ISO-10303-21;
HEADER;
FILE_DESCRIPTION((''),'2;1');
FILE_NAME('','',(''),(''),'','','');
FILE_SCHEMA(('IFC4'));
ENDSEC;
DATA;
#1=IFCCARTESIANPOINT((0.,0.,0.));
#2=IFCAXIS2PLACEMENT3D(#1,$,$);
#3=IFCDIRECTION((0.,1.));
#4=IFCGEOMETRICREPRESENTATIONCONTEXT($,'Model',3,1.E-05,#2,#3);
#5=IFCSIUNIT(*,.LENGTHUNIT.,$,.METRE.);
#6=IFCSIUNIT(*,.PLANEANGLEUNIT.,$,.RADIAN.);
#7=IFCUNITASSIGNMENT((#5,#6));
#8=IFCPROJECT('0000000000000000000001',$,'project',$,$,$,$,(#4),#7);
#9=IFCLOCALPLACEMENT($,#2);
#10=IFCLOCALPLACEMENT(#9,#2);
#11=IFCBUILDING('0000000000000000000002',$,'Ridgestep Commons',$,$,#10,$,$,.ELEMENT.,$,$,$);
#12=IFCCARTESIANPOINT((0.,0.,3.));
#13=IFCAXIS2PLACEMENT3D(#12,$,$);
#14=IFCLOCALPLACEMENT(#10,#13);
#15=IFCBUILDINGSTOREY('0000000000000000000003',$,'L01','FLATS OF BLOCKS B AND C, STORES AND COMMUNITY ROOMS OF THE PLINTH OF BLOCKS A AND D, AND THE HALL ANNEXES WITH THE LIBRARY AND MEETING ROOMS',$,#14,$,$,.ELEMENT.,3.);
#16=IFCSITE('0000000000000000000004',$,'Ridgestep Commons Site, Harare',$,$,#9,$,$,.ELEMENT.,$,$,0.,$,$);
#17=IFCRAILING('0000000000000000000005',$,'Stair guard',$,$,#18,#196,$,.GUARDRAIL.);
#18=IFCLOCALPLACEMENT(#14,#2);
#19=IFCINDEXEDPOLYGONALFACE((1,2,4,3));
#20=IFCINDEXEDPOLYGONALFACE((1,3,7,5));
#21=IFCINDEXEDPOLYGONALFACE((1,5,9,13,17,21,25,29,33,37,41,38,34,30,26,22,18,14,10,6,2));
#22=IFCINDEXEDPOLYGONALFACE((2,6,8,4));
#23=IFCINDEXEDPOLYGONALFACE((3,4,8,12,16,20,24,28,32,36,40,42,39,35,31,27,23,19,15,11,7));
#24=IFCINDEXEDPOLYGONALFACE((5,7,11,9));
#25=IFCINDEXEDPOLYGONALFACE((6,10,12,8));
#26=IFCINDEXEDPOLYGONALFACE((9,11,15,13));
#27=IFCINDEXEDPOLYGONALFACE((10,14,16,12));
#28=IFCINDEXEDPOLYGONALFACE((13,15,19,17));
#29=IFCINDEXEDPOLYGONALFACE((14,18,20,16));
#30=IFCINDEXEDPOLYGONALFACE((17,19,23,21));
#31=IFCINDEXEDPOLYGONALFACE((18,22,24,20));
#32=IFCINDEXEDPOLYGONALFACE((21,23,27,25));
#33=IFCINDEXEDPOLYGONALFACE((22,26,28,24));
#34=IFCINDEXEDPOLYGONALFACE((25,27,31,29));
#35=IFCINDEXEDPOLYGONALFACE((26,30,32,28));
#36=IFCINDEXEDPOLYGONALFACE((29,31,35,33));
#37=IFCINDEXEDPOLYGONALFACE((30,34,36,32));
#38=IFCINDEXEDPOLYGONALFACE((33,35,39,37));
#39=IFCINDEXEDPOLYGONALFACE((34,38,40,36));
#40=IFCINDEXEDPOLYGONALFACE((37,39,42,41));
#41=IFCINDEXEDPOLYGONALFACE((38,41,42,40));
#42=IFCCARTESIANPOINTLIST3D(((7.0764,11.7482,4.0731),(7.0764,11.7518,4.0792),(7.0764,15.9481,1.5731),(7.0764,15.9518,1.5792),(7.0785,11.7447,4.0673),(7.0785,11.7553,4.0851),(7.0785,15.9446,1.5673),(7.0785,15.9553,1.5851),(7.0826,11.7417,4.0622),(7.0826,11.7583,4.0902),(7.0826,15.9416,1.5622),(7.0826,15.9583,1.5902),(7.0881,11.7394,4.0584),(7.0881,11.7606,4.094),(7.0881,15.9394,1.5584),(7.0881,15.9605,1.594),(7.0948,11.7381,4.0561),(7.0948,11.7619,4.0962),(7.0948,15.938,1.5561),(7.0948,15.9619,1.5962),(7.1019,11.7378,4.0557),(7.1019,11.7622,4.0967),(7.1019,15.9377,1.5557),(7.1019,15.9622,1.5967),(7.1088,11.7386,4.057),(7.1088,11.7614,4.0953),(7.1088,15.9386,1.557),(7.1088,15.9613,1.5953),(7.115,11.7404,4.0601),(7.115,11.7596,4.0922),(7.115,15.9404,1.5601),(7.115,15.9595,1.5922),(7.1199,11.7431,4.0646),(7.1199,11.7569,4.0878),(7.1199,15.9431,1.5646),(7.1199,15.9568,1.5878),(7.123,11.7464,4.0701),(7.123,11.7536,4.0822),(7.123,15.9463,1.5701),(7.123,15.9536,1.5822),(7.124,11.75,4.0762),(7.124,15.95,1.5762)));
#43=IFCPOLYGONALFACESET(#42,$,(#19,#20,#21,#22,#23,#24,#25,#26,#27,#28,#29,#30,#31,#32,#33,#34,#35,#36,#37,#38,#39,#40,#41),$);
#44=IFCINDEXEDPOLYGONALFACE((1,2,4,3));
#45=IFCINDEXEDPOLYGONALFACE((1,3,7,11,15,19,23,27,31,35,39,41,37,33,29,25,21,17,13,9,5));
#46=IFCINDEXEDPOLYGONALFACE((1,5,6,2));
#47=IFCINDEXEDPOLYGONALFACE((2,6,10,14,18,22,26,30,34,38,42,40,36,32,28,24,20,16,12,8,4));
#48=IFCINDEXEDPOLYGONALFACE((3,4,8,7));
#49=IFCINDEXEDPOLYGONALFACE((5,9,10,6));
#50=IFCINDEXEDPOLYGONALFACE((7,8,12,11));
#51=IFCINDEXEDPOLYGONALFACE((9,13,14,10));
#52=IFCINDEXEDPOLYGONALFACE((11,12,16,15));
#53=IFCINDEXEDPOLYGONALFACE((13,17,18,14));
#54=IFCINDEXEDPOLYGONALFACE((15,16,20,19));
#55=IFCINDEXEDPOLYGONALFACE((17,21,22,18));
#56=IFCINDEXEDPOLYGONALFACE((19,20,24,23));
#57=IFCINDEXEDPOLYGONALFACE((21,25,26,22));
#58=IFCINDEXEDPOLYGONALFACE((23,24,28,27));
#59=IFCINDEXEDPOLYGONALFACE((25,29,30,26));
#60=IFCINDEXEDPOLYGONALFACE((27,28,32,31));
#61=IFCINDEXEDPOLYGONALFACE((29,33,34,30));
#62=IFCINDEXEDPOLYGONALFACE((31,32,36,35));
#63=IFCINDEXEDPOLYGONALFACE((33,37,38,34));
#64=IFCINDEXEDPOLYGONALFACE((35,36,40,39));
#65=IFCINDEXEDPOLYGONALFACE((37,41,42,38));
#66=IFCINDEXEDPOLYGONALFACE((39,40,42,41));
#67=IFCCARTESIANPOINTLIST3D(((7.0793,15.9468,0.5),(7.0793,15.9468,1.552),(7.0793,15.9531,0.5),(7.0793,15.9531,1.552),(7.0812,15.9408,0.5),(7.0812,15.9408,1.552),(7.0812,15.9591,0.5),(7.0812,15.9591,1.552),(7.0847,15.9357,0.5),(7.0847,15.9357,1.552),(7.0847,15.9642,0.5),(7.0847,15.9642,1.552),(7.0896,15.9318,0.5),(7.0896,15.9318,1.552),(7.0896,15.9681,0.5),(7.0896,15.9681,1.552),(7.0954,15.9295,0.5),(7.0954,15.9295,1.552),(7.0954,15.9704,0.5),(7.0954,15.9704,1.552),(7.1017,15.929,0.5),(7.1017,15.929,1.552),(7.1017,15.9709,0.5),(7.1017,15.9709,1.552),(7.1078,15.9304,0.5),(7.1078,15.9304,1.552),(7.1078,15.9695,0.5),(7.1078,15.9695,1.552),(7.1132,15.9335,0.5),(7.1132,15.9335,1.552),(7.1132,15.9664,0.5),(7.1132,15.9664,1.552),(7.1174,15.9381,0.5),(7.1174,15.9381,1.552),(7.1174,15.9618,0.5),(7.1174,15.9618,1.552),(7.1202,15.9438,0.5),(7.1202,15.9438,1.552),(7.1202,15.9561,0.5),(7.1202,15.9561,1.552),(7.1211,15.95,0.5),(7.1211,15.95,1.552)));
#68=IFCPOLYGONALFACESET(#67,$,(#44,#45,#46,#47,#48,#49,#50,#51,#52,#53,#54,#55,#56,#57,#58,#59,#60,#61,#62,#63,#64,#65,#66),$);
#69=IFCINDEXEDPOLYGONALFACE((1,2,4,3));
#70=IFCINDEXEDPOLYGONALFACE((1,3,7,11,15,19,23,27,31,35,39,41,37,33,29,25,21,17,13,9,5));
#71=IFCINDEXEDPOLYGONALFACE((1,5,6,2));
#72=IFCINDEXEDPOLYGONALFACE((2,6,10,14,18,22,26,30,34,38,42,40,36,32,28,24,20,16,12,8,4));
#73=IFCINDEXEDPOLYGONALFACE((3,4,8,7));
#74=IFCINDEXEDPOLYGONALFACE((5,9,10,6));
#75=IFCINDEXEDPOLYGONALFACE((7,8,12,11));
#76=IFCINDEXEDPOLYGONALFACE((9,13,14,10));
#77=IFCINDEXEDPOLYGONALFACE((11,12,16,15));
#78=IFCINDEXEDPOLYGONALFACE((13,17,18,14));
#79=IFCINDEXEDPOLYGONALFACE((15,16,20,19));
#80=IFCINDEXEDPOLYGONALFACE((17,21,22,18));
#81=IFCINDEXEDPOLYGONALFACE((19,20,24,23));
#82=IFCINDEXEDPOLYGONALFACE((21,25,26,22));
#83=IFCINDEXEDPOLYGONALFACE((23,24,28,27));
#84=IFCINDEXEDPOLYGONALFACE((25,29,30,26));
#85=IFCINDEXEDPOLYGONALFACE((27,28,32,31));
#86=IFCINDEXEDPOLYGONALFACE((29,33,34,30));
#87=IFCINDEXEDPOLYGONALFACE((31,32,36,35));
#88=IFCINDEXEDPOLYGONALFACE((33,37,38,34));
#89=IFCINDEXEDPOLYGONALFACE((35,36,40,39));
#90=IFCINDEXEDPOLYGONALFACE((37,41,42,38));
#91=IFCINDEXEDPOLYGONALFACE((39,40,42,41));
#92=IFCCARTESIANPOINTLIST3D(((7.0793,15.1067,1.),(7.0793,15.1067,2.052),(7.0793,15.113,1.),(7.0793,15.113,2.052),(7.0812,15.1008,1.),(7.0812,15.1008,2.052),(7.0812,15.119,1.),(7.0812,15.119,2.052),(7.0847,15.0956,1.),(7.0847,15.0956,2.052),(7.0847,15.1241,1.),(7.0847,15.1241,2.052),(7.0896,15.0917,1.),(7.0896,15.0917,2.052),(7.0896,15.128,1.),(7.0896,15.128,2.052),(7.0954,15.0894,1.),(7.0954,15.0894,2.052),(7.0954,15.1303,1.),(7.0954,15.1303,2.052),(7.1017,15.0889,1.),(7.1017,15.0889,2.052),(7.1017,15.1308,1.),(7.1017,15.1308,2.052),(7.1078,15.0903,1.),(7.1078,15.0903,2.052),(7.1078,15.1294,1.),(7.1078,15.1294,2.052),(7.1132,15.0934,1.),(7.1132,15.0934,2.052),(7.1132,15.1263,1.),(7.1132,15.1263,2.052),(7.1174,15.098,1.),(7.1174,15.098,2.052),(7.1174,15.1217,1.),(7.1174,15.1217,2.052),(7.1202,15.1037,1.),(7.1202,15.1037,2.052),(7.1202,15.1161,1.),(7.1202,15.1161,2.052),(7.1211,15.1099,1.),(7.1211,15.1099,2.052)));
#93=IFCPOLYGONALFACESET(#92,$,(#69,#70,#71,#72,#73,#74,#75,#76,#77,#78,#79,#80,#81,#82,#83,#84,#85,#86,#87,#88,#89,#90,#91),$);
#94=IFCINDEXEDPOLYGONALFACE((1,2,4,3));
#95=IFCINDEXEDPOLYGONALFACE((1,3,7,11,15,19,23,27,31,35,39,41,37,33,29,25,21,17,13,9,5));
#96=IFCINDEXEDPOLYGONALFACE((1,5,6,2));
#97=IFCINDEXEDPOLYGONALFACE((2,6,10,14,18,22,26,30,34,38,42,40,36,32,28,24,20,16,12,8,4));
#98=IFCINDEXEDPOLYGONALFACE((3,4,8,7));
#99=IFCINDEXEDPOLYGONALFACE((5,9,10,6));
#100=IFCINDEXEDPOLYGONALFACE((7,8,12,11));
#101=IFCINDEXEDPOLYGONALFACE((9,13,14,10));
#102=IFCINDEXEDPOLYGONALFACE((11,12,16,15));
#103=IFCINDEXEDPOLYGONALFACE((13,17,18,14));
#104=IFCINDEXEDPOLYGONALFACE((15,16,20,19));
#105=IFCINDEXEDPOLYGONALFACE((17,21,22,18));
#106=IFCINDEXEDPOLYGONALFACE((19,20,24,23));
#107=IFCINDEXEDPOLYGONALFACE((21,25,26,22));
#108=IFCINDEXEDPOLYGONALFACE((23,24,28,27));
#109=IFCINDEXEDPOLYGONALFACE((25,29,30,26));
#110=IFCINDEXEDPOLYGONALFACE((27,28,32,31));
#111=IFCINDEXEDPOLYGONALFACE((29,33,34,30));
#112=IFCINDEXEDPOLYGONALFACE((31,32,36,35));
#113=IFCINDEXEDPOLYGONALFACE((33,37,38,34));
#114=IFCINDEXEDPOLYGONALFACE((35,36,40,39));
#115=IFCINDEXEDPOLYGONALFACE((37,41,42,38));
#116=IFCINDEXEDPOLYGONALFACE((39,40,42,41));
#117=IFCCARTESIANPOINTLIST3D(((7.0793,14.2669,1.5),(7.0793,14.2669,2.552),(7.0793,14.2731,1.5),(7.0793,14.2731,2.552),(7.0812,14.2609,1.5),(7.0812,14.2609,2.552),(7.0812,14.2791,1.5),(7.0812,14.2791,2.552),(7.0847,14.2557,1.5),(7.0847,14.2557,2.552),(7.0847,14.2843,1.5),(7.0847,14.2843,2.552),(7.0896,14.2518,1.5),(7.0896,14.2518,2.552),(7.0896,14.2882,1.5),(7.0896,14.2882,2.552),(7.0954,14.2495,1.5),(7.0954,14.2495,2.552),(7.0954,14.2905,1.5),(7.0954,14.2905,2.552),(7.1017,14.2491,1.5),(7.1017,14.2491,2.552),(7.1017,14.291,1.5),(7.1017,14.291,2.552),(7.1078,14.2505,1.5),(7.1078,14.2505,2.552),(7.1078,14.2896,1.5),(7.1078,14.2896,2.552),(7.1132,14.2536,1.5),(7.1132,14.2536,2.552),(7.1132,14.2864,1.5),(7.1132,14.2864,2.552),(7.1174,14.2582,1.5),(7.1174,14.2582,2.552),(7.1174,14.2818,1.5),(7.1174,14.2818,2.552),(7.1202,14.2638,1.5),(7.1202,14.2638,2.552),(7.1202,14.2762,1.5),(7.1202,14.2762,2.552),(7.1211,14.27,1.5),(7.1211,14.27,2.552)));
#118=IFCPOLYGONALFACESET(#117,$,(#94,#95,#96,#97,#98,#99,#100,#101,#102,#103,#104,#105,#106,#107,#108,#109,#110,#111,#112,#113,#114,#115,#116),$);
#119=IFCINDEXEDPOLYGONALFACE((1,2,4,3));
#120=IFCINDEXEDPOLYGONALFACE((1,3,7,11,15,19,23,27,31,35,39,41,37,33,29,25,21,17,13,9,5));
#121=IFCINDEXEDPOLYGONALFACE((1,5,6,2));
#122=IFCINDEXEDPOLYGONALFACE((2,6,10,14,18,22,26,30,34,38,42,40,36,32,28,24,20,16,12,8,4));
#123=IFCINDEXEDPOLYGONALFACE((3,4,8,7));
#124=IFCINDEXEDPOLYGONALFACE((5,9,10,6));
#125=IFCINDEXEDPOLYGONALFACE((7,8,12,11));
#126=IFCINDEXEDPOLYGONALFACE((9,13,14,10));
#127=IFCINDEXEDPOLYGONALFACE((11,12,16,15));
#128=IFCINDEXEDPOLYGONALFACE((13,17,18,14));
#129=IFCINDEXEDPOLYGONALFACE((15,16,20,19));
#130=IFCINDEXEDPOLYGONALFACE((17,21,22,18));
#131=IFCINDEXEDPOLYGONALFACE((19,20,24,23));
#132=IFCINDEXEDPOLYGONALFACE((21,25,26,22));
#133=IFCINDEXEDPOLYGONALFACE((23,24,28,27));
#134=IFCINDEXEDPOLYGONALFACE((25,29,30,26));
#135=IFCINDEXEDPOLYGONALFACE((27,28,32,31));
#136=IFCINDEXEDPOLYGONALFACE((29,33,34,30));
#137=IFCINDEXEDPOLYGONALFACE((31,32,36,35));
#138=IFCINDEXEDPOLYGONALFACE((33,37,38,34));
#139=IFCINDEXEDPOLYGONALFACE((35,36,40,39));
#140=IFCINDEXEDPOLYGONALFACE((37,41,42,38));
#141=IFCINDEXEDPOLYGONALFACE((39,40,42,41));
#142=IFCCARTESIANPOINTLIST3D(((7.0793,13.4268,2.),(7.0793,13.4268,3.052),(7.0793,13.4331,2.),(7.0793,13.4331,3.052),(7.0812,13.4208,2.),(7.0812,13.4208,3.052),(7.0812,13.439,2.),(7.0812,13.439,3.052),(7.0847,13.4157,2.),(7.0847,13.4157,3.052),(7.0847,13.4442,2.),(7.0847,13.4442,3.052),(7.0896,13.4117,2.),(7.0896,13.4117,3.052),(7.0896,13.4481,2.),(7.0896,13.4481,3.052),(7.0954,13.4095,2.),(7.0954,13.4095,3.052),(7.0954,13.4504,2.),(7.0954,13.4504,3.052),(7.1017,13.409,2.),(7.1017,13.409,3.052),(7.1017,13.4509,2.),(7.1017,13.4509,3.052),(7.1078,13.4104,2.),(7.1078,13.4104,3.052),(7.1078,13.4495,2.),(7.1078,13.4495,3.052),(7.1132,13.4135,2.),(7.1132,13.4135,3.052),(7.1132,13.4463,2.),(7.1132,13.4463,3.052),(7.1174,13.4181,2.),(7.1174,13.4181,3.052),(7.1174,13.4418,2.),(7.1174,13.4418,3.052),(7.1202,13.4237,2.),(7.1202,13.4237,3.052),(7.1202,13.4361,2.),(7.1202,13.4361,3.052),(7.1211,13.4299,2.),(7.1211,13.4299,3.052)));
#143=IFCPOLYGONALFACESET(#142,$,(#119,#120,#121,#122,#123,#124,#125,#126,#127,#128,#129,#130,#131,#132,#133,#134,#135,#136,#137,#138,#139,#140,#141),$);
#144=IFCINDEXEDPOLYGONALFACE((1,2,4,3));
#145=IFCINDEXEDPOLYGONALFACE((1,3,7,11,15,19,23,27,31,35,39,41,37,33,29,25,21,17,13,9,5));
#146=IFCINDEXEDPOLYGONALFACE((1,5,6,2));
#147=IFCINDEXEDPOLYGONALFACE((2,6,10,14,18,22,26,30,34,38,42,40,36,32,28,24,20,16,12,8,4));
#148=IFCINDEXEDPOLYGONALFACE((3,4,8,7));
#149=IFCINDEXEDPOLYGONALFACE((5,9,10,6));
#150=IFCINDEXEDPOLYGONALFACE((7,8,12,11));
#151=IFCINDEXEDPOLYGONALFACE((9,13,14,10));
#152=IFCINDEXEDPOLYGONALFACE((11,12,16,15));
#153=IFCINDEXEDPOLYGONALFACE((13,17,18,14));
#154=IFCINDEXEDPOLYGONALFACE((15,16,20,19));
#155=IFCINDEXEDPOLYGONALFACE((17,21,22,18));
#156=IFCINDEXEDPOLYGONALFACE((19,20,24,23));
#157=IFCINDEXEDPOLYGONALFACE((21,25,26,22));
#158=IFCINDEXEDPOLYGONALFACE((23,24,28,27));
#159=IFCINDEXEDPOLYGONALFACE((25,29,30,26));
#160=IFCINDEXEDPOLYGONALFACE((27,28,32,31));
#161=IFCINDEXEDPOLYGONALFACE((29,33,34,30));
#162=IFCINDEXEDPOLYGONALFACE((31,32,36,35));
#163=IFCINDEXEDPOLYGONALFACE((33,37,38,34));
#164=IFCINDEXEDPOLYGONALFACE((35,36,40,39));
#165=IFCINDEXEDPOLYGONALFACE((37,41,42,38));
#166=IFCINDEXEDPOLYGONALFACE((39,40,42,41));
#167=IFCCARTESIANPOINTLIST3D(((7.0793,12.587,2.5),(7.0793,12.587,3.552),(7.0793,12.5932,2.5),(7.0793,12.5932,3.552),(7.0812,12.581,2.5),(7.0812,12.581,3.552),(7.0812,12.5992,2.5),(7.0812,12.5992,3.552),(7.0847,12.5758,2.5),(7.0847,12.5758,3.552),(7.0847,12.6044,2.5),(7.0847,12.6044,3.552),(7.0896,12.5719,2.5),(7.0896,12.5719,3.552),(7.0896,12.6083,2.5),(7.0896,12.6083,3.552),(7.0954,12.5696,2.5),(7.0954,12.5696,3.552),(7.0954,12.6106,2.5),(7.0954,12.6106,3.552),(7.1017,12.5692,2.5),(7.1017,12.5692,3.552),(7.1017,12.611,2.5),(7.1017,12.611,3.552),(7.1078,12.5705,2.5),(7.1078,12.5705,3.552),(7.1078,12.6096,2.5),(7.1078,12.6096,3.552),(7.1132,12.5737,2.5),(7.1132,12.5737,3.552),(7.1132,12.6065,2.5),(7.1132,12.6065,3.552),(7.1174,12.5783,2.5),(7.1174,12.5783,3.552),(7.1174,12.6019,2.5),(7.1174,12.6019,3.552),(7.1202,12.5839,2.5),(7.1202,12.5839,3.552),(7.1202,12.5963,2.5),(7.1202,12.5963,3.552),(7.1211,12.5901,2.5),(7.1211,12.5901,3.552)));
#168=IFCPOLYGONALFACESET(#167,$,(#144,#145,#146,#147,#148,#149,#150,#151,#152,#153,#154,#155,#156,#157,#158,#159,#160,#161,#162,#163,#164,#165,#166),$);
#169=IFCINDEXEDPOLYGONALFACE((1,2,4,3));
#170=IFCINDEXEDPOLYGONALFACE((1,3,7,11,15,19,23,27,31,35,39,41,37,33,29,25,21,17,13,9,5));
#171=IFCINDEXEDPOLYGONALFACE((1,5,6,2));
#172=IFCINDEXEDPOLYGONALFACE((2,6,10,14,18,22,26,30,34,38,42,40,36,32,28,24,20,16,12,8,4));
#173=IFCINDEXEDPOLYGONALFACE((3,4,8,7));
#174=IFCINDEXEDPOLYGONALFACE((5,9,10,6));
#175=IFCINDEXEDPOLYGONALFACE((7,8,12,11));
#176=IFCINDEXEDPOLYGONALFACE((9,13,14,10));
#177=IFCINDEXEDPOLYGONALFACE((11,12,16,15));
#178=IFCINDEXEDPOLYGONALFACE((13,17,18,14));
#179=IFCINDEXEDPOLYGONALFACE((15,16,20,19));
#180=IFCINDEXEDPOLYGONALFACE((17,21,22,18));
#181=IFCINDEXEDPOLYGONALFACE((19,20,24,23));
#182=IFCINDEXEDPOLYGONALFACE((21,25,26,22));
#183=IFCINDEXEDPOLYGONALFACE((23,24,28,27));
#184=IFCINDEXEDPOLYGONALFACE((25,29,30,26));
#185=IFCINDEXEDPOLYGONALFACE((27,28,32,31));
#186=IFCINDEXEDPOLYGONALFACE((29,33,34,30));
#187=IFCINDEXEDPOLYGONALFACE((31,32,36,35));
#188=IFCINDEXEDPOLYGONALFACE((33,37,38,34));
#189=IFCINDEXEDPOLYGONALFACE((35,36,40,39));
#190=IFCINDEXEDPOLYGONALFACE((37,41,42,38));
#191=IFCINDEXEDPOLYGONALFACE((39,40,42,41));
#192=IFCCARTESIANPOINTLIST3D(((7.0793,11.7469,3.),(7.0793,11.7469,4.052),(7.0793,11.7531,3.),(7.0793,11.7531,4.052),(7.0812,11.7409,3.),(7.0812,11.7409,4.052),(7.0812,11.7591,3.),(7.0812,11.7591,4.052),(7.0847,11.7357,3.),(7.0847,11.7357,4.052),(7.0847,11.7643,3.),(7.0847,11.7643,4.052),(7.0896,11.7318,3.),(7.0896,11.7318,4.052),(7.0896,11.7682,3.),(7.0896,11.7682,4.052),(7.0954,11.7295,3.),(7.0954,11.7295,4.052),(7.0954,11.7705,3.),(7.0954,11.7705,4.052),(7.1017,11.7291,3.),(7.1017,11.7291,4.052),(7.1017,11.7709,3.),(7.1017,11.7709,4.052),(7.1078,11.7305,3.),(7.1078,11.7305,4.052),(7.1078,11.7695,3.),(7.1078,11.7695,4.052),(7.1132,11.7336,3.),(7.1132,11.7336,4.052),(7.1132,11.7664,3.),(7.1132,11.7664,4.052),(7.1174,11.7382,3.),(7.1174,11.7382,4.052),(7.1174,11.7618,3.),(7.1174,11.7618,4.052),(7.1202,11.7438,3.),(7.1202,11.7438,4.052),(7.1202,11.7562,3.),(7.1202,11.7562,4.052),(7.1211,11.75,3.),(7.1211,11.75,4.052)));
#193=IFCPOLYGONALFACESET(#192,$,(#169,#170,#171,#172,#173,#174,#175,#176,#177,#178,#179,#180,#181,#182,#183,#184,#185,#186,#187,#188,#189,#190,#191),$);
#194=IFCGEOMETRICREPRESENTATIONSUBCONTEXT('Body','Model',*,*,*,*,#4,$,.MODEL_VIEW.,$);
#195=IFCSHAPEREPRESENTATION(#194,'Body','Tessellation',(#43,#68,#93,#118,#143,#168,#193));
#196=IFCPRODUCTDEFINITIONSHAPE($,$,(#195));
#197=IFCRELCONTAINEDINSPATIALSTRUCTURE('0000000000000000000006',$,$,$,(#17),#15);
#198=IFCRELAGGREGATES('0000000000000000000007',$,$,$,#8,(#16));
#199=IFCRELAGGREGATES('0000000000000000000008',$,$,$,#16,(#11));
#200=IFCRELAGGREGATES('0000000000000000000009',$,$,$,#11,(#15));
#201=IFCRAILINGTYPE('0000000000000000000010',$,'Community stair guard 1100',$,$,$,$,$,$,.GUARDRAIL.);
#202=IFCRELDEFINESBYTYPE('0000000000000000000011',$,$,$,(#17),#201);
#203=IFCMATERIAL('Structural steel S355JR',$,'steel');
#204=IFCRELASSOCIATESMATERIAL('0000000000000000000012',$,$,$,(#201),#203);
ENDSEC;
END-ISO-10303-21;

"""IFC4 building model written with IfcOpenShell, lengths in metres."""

from ifc_helpers import new_model, si_unit, direction, frame, origin, origin_2d, place, context, subcontext, project, spatial, circle, extrude, material, type_object, element, save


model = new_model("IFC4")

# Units and contexts
model_context = context("Model", 3, precision=1e-05, world=origin(), true_north=direction((0.0, 1.0)))
body_context = subcontext(model_context, "Body", "Model", "MODEL_VIEW")
ifc_project = project(units=[si_unit("LENGTHUNIT", "METRE"), si_unit("PLANEANGLEUNIT", "RADIAN")], contexts=[model_context])

# Site, building, storey
site_placement = place(None, origin())
site = spatial("IfcSite", under=ifc_project, at=site_placement, Name="Ridgestep Commons Site, Harare", CompositionType="ELEMENT", RefElevation=0.0)
building_placement = place(site_placement, origin())
building = spatial("IfcBuilding", under=site, at=building_placement, Name="Ridgestep Commons", CompositionType="ELEMENT")
storey_placement = place(building_placement, frame((0.0, 0.0, 3.0)))
storey = spatial("IfcBuildingStorey", under=building, at=storey_placement, Name="L01", Description="FLATS OF BLOCKS B AND C, STORES AND COMMUNITY ROOMS OF THE PLINTH OF BLOCKS A AND D, AND THE HALL ANNEXES WITH THE LIBRARY AND MEETING ROOMS", CompositionType="ELEMENT", Elevation=3.0)

# Railing
ifc_material_1 = material(Name="Structural steel S355JR", Category="steel")
railing_type_1 = type_object("IfcRailingType", Name="Community stair guard 1100", PredefinedType="GUARDRAIL", material=ifc_material_1)
for number, where, name in (
    (1, (7.1001, 15.95, 0.5), "Stair guard"),
):
    element("IfcRailing", number, at=place(storey_placement, frame(where)), inside=storey, type_object=railing_type_1, Name=name, PredefinedType="GUARDRAIL", context=body_context, shape_type="SweptSolid", body=[
        extrude(circle(Radius=0.0239, at=origin_2d()), frame((0.0, 0.0, 1.0762), z_axis=(0.0, -0.85929, 0.511488), x_axis=(1.0, 0.0, 0.0)), (0.0, 0.0, 1.0), 4.8877),
        extrude(circle(Radius=0.021, at=origin_2d()), origin(), (0.0, 0.0, 1.0), 1.052),
        extrude(circle(Radius=0.021, at=origin_2d()), frame((0.0, -0.8401, 0.5)), (0.0, 0.0, 1.0), 1.052),
        extrude(circle(Radius=0.021, at=origin_2d()), frame((0.0, -1.6799, 1.0)), (0.0, 0.0, 1.0), 1.052),
        extrude(circle(Radius=0.021, at=origin_2d()), frame((0.0, -2.52, 1.5)), (0.0, 0.0, 1.0), 1.052),
        extrude(circle(Radius=0.021, at=origin_2d()), frame((0.0, -3.3599, 2.0)), (0.0, 0.0, 1.0), 1.052),
        extrude(circle(Radius=0.021, at=origin_2d()), frame((0.0, -4.2, 2.5)), (0.0, 0.0, 1.0), 1.052),
    ])

save(model, "model.ifc")
